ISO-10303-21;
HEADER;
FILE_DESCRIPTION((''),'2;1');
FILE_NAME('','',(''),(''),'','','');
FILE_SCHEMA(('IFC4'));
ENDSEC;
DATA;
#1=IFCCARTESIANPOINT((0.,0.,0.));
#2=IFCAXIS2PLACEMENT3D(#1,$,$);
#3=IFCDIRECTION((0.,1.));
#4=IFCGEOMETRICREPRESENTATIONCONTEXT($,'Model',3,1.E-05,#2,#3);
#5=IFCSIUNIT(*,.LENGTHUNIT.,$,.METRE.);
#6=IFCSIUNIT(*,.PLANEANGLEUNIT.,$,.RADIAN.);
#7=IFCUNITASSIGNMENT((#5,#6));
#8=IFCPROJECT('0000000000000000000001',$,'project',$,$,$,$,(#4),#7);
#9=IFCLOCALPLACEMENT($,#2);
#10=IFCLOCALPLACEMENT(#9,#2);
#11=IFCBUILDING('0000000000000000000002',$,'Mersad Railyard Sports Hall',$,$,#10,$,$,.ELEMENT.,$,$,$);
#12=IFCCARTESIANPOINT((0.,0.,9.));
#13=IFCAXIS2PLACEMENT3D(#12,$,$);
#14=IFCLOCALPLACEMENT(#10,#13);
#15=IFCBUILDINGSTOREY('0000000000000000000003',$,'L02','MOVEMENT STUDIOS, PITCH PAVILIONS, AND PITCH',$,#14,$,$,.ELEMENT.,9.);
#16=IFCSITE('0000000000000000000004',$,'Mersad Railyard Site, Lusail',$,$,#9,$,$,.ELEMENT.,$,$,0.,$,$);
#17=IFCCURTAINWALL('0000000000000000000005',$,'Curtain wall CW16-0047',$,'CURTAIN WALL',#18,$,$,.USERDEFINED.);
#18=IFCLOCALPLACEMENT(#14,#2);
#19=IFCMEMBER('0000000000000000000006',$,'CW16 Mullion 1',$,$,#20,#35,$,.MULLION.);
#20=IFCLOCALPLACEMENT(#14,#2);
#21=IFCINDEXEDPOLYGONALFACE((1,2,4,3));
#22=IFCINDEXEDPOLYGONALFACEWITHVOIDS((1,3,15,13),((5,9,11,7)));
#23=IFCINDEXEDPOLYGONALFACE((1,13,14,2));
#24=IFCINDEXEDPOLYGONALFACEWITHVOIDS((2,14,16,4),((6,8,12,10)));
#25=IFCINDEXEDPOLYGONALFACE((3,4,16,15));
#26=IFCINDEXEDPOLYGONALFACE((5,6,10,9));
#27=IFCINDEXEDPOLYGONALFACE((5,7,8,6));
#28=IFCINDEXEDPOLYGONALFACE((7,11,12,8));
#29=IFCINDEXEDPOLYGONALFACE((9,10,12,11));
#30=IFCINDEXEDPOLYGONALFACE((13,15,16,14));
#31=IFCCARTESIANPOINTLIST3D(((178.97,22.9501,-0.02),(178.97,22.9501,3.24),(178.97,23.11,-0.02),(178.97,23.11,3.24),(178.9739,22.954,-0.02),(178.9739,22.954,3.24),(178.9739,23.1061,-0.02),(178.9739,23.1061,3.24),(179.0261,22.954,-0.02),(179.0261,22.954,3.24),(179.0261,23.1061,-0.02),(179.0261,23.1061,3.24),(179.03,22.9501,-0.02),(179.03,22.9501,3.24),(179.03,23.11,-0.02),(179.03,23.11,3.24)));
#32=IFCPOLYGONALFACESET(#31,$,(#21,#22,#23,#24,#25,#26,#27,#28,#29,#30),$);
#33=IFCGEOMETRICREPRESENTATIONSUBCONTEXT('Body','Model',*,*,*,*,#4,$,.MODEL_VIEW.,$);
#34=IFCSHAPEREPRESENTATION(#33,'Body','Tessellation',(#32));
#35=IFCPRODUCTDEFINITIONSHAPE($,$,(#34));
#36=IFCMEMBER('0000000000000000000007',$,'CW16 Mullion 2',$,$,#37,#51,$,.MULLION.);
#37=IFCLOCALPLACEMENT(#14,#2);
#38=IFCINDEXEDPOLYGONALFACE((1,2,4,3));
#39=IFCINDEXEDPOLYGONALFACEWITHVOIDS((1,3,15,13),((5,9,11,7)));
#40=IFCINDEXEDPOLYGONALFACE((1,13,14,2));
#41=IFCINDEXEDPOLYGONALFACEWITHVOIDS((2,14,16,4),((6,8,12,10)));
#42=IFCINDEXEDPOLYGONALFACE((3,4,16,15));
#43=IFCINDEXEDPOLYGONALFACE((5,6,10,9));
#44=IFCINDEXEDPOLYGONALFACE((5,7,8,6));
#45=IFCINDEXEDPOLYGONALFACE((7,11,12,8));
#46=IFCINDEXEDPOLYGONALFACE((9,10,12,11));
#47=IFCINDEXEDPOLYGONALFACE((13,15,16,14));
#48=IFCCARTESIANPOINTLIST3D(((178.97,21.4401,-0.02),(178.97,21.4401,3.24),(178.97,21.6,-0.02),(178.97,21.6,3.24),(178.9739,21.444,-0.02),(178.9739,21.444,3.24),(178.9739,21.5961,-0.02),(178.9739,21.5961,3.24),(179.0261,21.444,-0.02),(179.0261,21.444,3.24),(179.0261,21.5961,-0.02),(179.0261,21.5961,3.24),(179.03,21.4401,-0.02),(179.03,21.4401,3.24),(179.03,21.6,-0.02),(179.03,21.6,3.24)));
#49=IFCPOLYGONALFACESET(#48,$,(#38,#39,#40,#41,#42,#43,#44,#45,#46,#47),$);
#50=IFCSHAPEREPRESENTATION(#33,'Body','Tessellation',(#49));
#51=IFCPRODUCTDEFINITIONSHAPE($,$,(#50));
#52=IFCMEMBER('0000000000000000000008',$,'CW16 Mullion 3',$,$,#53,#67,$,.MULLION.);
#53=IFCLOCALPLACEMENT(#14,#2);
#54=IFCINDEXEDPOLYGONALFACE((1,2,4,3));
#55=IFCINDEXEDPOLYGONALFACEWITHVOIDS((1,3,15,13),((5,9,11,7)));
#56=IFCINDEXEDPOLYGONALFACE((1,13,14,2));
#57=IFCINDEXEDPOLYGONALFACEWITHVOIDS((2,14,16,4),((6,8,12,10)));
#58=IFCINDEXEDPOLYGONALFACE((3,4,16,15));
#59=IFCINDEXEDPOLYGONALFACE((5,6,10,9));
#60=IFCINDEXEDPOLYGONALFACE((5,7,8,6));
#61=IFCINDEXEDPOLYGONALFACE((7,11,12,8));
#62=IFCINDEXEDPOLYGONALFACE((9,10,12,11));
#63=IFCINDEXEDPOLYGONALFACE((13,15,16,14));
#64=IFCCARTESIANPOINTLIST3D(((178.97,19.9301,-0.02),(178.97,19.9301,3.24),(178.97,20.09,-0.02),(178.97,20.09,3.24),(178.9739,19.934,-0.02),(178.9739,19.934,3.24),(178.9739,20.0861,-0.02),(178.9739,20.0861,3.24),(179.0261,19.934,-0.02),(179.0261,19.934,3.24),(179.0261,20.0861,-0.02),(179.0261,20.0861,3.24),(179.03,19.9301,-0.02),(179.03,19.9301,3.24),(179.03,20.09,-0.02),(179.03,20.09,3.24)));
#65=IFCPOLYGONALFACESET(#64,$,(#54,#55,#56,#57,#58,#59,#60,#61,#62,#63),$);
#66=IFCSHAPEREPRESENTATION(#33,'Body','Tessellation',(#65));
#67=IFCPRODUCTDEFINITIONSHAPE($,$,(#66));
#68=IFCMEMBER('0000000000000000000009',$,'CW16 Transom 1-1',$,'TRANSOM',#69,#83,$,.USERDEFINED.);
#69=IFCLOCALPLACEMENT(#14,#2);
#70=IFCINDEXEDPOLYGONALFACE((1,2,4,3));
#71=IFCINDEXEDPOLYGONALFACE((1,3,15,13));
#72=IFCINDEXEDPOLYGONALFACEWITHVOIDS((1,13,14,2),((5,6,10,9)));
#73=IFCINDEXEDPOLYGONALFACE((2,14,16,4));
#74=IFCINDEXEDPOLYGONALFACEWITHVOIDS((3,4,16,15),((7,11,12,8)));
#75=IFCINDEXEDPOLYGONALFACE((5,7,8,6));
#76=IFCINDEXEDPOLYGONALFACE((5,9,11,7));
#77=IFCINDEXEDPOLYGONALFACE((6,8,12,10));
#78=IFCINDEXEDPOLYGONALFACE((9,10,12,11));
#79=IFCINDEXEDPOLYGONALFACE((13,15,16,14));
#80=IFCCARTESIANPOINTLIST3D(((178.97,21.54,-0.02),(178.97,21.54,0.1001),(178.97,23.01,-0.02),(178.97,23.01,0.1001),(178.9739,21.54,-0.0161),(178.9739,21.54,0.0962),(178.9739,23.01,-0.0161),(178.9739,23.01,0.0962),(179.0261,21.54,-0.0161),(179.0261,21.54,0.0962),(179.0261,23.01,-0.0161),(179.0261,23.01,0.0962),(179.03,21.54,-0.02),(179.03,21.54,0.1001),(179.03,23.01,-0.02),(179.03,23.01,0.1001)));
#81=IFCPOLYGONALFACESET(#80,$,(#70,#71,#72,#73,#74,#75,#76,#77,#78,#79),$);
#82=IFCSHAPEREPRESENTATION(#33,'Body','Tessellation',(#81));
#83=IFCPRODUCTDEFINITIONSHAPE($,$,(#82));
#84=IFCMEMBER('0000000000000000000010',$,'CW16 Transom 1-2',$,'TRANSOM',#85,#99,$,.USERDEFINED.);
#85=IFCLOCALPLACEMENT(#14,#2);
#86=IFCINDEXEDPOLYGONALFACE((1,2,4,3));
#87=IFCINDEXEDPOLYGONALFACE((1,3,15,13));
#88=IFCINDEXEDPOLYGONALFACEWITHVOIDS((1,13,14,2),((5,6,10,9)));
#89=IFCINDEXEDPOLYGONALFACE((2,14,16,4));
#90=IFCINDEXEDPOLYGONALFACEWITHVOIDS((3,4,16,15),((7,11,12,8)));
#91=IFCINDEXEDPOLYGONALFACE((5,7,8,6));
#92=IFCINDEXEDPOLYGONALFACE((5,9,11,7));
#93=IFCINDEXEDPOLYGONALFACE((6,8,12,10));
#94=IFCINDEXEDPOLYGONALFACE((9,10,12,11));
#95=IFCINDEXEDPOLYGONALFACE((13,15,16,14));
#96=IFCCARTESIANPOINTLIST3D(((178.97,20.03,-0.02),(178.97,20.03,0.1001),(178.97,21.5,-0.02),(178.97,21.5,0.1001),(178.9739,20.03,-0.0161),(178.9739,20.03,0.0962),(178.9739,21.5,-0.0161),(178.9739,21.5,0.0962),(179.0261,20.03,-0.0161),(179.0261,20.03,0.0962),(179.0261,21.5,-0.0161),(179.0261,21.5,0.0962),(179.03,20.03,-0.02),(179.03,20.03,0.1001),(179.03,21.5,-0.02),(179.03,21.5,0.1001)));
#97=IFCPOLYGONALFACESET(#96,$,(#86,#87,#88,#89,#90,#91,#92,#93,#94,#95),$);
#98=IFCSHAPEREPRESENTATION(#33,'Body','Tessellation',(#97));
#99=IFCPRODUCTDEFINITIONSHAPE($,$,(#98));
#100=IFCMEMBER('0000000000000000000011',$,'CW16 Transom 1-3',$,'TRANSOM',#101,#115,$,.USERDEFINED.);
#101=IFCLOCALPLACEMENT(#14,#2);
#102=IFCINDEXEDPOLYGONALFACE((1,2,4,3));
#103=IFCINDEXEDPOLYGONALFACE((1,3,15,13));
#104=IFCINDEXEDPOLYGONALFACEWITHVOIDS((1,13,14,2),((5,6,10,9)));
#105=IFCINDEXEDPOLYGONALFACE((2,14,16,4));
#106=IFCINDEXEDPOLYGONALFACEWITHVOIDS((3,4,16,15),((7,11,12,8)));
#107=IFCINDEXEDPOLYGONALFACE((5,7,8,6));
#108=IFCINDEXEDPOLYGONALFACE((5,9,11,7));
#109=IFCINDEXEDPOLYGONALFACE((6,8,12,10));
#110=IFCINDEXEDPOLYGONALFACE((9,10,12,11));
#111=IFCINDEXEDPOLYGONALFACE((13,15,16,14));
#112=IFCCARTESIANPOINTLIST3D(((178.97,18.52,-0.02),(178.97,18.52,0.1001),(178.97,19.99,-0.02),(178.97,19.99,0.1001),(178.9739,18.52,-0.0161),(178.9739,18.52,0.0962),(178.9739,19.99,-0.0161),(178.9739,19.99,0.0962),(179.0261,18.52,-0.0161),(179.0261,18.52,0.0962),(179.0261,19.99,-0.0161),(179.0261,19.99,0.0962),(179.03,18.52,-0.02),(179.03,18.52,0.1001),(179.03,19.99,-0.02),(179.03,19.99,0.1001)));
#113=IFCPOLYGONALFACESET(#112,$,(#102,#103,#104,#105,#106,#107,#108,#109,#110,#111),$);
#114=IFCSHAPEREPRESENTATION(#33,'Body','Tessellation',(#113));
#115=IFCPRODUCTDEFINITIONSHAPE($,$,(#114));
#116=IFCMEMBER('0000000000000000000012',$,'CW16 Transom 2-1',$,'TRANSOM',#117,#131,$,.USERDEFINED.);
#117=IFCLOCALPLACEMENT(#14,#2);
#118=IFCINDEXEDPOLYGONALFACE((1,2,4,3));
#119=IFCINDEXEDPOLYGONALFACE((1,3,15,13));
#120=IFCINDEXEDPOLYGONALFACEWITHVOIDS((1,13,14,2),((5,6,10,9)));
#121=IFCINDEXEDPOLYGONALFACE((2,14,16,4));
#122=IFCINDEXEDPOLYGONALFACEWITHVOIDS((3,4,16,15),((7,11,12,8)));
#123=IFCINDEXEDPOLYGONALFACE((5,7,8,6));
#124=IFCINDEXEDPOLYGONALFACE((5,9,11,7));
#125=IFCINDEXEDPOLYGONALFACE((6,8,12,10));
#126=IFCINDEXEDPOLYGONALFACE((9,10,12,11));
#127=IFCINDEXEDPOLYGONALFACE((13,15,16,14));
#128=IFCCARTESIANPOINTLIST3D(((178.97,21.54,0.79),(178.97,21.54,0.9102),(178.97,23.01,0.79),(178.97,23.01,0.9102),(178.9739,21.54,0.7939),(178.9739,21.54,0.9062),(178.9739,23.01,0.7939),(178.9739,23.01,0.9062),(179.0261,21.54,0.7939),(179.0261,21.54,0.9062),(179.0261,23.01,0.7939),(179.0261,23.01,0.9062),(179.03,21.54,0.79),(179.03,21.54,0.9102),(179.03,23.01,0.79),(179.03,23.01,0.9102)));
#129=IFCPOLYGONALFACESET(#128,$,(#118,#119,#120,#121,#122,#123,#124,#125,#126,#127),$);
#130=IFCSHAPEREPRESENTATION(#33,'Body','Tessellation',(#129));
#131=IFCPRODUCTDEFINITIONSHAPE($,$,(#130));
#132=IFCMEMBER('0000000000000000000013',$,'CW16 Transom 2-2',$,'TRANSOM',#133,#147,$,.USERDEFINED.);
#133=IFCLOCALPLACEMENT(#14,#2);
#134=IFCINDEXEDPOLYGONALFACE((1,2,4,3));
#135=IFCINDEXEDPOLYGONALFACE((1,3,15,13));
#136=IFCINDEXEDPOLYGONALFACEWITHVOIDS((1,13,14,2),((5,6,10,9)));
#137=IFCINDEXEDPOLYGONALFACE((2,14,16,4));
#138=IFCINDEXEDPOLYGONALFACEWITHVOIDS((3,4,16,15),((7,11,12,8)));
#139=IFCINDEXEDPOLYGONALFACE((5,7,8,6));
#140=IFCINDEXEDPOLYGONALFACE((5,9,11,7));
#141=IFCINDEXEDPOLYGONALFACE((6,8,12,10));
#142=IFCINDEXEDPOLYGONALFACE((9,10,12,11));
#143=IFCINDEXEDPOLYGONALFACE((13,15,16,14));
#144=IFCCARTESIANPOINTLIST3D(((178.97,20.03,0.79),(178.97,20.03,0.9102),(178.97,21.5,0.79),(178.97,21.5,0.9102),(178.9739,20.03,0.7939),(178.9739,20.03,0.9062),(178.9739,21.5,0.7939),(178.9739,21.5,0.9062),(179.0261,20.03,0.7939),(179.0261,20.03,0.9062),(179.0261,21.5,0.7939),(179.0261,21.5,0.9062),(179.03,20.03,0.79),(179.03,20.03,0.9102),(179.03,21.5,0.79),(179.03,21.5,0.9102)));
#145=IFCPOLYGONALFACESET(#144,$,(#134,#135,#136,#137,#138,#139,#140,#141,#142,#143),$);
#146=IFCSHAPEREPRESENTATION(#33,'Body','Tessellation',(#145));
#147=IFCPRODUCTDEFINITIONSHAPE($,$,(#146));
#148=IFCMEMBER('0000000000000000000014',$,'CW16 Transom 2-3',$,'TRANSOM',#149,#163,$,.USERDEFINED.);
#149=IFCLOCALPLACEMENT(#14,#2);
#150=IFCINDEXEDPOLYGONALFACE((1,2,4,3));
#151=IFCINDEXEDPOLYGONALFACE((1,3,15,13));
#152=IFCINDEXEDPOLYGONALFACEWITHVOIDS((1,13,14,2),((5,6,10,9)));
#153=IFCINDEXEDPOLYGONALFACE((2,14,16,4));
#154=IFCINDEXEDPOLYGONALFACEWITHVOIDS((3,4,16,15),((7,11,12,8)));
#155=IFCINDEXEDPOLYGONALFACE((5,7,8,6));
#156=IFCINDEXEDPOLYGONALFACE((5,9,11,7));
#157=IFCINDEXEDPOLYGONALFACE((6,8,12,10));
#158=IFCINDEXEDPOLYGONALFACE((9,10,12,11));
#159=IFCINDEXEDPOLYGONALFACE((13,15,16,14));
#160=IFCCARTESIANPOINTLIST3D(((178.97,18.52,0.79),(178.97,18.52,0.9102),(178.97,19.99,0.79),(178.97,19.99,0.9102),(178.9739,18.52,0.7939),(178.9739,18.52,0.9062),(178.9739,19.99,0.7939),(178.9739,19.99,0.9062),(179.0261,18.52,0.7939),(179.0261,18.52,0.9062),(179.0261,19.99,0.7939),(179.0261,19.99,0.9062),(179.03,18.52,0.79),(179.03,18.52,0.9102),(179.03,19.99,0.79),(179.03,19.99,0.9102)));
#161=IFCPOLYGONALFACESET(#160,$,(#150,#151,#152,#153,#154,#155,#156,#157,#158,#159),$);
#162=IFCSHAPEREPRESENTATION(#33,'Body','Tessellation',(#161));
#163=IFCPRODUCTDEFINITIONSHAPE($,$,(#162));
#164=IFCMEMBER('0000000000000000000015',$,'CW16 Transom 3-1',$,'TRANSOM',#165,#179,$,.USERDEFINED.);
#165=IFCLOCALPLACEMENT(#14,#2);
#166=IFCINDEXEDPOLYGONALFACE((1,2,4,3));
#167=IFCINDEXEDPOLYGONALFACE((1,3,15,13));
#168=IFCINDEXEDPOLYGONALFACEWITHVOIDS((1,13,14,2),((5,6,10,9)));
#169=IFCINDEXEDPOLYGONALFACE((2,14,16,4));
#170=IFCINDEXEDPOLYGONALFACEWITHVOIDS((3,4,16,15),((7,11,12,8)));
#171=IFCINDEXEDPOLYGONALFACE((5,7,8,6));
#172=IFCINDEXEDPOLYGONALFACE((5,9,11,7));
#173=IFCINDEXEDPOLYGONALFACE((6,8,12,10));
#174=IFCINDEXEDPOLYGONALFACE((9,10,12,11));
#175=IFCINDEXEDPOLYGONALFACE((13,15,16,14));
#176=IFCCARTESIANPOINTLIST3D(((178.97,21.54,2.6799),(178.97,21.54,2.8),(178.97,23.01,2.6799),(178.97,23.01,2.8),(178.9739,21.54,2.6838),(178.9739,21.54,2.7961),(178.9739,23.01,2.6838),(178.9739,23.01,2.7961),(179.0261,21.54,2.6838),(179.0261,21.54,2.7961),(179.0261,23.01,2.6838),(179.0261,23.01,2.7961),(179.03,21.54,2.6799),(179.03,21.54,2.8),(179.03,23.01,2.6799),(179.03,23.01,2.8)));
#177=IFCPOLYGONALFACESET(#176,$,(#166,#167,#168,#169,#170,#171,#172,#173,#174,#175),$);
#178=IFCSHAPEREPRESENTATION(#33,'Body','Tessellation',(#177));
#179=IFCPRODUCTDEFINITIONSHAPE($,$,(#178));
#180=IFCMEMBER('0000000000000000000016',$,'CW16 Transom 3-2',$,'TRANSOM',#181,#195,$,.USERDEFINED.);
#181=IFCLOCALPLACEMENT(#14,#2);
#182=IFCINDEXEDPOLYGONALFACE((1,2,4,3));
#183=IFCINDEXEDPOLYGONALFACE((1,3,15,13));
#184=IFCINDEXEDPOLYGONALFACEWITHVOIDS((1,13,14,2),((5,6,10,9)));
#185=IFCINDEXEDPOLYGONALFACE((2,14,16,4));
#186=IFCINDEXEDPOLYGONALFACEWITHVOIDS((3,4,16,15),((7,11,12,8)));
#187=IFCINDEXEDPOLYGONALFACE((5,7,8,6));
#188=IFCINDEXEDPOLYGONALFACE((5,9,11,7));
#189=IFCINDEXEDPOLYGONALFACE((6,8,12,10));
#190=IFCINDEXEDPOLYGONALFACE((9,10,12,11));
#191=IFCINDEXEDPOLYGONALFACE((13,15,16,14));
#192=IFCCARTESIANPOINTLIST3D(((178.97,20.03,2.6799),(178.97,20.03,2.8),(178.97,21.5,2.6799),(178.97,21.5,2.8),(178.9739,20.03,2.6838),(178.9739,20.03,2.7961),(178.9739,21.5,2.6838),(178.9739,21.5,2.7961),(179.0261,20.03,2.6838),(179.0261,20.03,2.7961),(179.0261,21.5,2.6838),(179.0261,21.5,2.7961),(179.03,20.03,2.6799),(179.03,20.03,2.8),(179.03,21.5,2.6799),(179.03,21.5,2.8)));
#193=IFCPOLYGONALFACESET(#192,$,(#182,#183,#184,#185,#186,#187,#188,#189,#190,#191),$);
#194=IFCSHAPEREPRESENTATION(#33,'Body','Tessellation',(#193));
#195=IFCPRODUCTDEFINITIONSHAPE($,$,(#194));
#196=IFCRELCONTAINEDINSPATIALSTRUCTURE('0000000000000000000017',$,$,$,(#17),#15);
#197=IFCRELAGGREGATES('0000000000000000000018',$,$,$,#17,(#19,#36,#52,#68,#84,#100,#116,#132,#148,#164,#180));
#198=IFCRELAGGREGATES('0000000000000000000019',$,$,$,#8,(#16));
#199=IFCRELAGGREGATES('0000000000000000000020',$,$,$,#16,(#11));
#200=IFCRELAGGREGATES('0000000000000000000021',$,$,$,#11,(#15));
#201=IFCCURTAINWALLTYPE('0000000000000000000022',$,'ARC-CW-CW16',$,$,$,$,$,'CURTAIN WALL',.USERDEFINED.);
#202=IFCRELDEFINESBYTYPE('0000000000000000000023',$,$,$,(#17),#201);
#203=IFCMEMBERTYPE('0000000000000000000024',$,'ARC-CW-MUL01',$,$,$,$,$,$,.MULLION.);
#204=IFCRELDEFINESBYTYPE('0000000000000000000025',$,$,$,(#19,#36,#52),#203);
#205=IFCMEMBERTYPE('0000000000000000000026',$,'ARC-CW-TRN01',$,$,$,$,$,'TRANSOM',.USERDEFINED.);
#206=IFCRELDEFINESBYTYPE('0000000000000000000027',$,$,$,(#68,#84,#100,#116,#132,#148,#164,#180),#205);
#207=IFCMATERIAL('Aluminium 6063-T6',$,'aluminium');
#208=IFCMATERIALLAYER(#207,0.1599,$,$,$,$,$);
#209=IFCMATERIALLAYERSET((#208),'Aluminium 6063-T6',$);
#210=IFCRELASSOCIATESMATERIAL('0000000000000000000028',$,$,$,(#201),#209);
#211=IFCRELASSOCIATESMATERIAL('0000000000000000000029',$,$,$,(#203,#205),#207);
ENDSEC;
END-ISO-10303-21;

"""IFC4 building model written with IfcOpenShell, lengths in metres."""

from ifc_helpers import new_model, si_unit, direction, frame, origin, origin_2d, place, context, subcontext, project, spatial, hollow_rectangle, extrude, material, layer, layer_set, material_profile, profile_set, type_object, element, aggregate, save


model = new_model("IFC4")

# Units and contexts
model_context = context("Model", 3, precision=1e-05, world=origin(), true_north=direction((0.0, 1.0)))
body_context = subcontext(model_context, "Body", "Model", "MODEL_VIEW")
ifc_project = project(units=[si_unit("LENGTHUNIT", "METRE"), si_unit("PLANEANGLEUNIT", "RADIAN")], contexts=[model_context])

# Site, building, storey
site_placement = place(None, origin())
site = spatial("IfcSite", under=ifc_project, at=site_placement, Name="Mersad Railyard Site, Lusail", CompositionType="ELEMENT", RefElevation=0.0)
building_placement = place(site_placement, origin())
building = spatial("IfcBuilding", under=site, at=building_placement, Name="Mersad Railyard Sports Hall", CompositionType="ELEMENT")
storey_placement = place(building_placement, frame((0.0, 0.0, 9.0)))
storey = spatial("IfcBuildingStorey", under=building, at=storey_placement, Name="L02", Description="MOVEMENT STUDIOS, PITCH PAVILIONS, AND PITCH", CompositionType="ELEMENT", Elevation=9.0)

# Curtain wall, members
ifc_material_1 = material(Name="Aluminium 6063-T6", Category="aluminium")
ifc_layer_1 = layer(ifc_material_1, 0.1599)
ifc_layer_set_1 = layer_set([ifc_layer_1], Name="Aluminium 6063-T6")
curtain_wall_type = type_object("IfcCurtainWallType", Name="ARC-CW-CW16", ElementType="CURTAIN WALL", PredefinedType="USERDEFINED", material=ifc_layer_set_1)
curtain_wall_placement = place(storey_placement, origin())
curtain_wall = element("IfcCurtainWall", 1, at=curtain_wall_placement, inside=storey, type_object=curtain_wall_type, Name="Curtain wall CW16-0047", ObjectType="CURTAIN WALL", PredefinedType="USERDEFINED")
ifc_material_profile_1 = material_profile(ifc_material_1, hollow_rectangle(XDim=0.0601, YDim=0.1599, WallThickness=0.0039, at=origin_2d()), Name="AL MULLION 60x160x4")
ifc_profile_set_1 = profile_set([ifc_material_profile_1], Name="Aluminium 6063-T6")
member_type_1 = type_object("IfcMemberType", Name="ARC-CW-MUL01", PredefinedType="MULLION", material=ifc_profile_set_1)
member_1_placement = place(storey_placement, frame((179.0, 23.03, -0.02), z_axis=(0.0, 0.0, 1.0), x_axis=(1.0, 0.0, 0.0)))
member_1 = element("IfcMember", 2, at=member_1_placement, type_object=member_type_1, Name="CW16 Mullion 1", PredefinedType="MULLION", context=body_context, shape_type="SweptSolid", body=[
    extrude(hollow_rectangle(XDim=0.0601, YDim=0.1599, WallThickness=0.0039, at=origin_2d()), origin(), (0.0, 0.0, 1.0), 3.26),
])
member_2_placement = place(storey_placement, frame((179.0, 21.52, -0.02), z_axis=(0.0, 0.0, 1.0), x_axis=(1.0, 0.0, 0.0)))
member_2 = element("IfcMember", 3, at=member_2_placement, type_object=member_type_1, Name="CW16 Mullion 2", PredefinedType="MULLION", context=body_context, shape_type="SweptSolid", body=[
    extrude(hollow_rectangle(XDim=0.0601, YDim=0.1599, WallThickness=0.0039, at=origin_2d()), origin(), (0.0, 0.0, 1.0), 3.26),
])
member_3_placement = place(storey_placement, frame((179.0, 20.01, -0.02), z_axis=(0.0, 0.0, 1.0), x_axis=(1.0, 0.0, 0.0)))
member_3 = element("IfcMember", 4, at=member_3_placement, type_object=member_type_1, Name="CW16 Mullion 3", PredefinedType="MULLION", context=body_context, shape_type="SweptSolid", body=[
    extrude(hollow_rectangle(XDim=0.0601, YDim=0.1599, WallThickness=0.0039, at=origin_2d()), origin(), (0.0, 0.0, 1.0), 3.26),
])
ifc_material_profile_2 = material_profile(ifc_material_1, hollow_rectangle(XDim=0.0601, YDim=0.1201, WallThickness=0.0039, at=origin_2d()), Name="AL TRANSOM 60x120x4")
ifc_profile_set_2 = profile_set([ifc_material_profile_2], Name="Aluminium 6063-T6")
member_type_2 = type_object("IfcMemberType", Name="ARC-CW-TRN01", ElementType="TRANSOM", PredefinedType="USERDEFINED", material=ifc_profile_set_2)
member_4_placement = place(storey_placement, frame((179.0, 23.01, 0.04), z_axis=(0.0, -1.0, 0.0), x_axis=(1.0, 0.0, 0.0)))
member_4 = element("IfcMember", 5, at=member_4_placement, type_object=member_type_2, Name="CW16 Transom 1-1", ObjectType="TRANSOM", PredefinedType="USERDEFINED", context=body_context, shape_type="SweptSolid", body=[
    extrude(hollow_rectangle(XDim=0.0601, YDim=0.1201, WallThickness=0.0039, at=origin_2d()), origin(), (0.0, 0.0, 1.0), 1.47),
])
member_5_placement = place(storey_placement, frame((179.0, 21.5, 0.04), z_axis=(0.0, -1.0, 0.0), x_axis=(1.0, 0.0, 0.0)))
member_5 = element("IfcMember", 6, at=member_5_placement, type_object=member_type_2, Name="CW16 Transom 1-2", ObjectType="TRANSOM", PredefinedType="USERDEFINED", context=body_context, shape_type="SweptSolid", body=[
    extrude(hollow_rectangle(XDim=0.0601, YDim=0.1201, WallThickness=0.0039, at=origin_2d()), origin(), (0.0, 0.0, 1.0), 1.47),
])
member_6_placement = place(storey_placement, frame((179.0, 19.99, 0.04), z_axis=(0.0, -1.0, 0.0), x_axis=(1.0, 0.0, 0.0)))
member_6 = element("IfcMember", 7, at=member_6_placement, type_object=member_type_2, Name="CW16 Transom 1-3", ObjectType="TRANSOM", PredefinedType="USERDEFINED", context=body_context, shape_type="SweptSolid", body=[
    extrude(hollow_rectangle(XDim=0.0601, YDim=0.1201, WallThickness=0.0039, at=origin_2d()), origin(), (0.0, 0.0, 1.0), 1.47),
])
member_7_placement = place(storey_placement, frame((179.0, 23.01, 0.8501), z_axis=(0.0, -1.0, 0.0), x_axis=(1.0, 0.0, 0.0)))
member_7 = element("IfcMember", 8, at=member_7_placement, type_object=member_type_2, Name="CW16 Transom 2-1", ObjectType="TRANSOM", PredefinedType="USERDEFINED", context=body_context, shape_type="SweptSolid", body=[
    extrude(hollow_rectangle(XDim=0.0601, YDim=0.1201, WallThickness=0.0039, at=origin_2d()), origin(), (0.0, 0.0, 1.0), 1.47),
])
member_8_placement = place(storey_placement, frame((179.0, 21.5, 0.8501), z_axis=(0.0, -1.0, 0.0), x_axis=(1.0, 0.0, 0.0)))
member_8 = element("IfcMember", 9, at=member_8_placement, type_object=member_type_2, Name="CW16 Transom 2-2", ObjectType="TRANSOM", PredefinedType="USERDEFINED", context=body_context, shape_type="SweptSolid", body=[
    extrude(hollow_rectangle(XDim=0.0601, YDim=0.1201, WallThickness=0.0039, at=origin_2d()), origin(), (0.0, 0.0, 1.0), 1.47),
])
member_9_placement = place(storey_placement, frame((179.0, 19.99, 0.8501), z_axis=(0.0, -1.0, 0.0), x_axis=(1.0, 0.0, 0.0)))
member_9 = element("IfcMember", 10, at=member_9_placement, type_object=member_type_2, Name="CW16 Transom 2-3", ObjectType="TRANSOM", PredefinedType="USERDEFINED", context=body_context, shape_type="SweptSolid", body=[
    extrude(hollow_rectangle(XDim=0.0601, YDim=0.1201, WallThickness=0.0039, at=origin_2d()), origin(), (0.0, 0.0, 1.0), 1.47),
])
member_10_placement = place(storey_placement, frame((179.0, 23.01, 2.74), z_axis=(0.0, -1.0, 0.0), x_axis=(1.0, 0.0, 0.0)))
member_10 = element("IfcMember", 11, at=member_10_placement, type_object=member_type_2, Name="CW16 Transom 3-1", ObjectType="TRANSOM", PredefinedType="USERDEFINED", context=body_context, shape_type="SweptSolid", body=[
    extrude(hollow_rectangle(XDim=0.0601, YDim=0.1201, WallThickness=0.0039, at=origin_2d()), origin(), (0.0, 0.0, 1.0), 1.47),
])
member_11_placement = place(storey_placement, frame((179.0, 21.5, 2.74), z_axis=(0.0, -1.0, 0.0), x_axis=(1.0, 0.0, 0.0)))
member_11 = element("IfcMember", 12, at=member_11_placement, type_object=member_type_2, Name="CW16 Transom 3-2", ObjectType="TRANSOM", PredefinedType="USERDEFINED", context=body_context, shape_type="SweptSolid", body=[
    extrude(hollow_rectangle(XDim=0.0601, YDim=0.1201, WallThickness=0.0039, at=origin_2d()), origin(), (0.0, 0.0, 1.0), 1.47),
])
aggregate(curtain_wall, [member_1, member_2, member_3, member_4, member_5, member_6, member_7, member_8, member_9, member_10, member_11])

save(model, "model.ifc")
